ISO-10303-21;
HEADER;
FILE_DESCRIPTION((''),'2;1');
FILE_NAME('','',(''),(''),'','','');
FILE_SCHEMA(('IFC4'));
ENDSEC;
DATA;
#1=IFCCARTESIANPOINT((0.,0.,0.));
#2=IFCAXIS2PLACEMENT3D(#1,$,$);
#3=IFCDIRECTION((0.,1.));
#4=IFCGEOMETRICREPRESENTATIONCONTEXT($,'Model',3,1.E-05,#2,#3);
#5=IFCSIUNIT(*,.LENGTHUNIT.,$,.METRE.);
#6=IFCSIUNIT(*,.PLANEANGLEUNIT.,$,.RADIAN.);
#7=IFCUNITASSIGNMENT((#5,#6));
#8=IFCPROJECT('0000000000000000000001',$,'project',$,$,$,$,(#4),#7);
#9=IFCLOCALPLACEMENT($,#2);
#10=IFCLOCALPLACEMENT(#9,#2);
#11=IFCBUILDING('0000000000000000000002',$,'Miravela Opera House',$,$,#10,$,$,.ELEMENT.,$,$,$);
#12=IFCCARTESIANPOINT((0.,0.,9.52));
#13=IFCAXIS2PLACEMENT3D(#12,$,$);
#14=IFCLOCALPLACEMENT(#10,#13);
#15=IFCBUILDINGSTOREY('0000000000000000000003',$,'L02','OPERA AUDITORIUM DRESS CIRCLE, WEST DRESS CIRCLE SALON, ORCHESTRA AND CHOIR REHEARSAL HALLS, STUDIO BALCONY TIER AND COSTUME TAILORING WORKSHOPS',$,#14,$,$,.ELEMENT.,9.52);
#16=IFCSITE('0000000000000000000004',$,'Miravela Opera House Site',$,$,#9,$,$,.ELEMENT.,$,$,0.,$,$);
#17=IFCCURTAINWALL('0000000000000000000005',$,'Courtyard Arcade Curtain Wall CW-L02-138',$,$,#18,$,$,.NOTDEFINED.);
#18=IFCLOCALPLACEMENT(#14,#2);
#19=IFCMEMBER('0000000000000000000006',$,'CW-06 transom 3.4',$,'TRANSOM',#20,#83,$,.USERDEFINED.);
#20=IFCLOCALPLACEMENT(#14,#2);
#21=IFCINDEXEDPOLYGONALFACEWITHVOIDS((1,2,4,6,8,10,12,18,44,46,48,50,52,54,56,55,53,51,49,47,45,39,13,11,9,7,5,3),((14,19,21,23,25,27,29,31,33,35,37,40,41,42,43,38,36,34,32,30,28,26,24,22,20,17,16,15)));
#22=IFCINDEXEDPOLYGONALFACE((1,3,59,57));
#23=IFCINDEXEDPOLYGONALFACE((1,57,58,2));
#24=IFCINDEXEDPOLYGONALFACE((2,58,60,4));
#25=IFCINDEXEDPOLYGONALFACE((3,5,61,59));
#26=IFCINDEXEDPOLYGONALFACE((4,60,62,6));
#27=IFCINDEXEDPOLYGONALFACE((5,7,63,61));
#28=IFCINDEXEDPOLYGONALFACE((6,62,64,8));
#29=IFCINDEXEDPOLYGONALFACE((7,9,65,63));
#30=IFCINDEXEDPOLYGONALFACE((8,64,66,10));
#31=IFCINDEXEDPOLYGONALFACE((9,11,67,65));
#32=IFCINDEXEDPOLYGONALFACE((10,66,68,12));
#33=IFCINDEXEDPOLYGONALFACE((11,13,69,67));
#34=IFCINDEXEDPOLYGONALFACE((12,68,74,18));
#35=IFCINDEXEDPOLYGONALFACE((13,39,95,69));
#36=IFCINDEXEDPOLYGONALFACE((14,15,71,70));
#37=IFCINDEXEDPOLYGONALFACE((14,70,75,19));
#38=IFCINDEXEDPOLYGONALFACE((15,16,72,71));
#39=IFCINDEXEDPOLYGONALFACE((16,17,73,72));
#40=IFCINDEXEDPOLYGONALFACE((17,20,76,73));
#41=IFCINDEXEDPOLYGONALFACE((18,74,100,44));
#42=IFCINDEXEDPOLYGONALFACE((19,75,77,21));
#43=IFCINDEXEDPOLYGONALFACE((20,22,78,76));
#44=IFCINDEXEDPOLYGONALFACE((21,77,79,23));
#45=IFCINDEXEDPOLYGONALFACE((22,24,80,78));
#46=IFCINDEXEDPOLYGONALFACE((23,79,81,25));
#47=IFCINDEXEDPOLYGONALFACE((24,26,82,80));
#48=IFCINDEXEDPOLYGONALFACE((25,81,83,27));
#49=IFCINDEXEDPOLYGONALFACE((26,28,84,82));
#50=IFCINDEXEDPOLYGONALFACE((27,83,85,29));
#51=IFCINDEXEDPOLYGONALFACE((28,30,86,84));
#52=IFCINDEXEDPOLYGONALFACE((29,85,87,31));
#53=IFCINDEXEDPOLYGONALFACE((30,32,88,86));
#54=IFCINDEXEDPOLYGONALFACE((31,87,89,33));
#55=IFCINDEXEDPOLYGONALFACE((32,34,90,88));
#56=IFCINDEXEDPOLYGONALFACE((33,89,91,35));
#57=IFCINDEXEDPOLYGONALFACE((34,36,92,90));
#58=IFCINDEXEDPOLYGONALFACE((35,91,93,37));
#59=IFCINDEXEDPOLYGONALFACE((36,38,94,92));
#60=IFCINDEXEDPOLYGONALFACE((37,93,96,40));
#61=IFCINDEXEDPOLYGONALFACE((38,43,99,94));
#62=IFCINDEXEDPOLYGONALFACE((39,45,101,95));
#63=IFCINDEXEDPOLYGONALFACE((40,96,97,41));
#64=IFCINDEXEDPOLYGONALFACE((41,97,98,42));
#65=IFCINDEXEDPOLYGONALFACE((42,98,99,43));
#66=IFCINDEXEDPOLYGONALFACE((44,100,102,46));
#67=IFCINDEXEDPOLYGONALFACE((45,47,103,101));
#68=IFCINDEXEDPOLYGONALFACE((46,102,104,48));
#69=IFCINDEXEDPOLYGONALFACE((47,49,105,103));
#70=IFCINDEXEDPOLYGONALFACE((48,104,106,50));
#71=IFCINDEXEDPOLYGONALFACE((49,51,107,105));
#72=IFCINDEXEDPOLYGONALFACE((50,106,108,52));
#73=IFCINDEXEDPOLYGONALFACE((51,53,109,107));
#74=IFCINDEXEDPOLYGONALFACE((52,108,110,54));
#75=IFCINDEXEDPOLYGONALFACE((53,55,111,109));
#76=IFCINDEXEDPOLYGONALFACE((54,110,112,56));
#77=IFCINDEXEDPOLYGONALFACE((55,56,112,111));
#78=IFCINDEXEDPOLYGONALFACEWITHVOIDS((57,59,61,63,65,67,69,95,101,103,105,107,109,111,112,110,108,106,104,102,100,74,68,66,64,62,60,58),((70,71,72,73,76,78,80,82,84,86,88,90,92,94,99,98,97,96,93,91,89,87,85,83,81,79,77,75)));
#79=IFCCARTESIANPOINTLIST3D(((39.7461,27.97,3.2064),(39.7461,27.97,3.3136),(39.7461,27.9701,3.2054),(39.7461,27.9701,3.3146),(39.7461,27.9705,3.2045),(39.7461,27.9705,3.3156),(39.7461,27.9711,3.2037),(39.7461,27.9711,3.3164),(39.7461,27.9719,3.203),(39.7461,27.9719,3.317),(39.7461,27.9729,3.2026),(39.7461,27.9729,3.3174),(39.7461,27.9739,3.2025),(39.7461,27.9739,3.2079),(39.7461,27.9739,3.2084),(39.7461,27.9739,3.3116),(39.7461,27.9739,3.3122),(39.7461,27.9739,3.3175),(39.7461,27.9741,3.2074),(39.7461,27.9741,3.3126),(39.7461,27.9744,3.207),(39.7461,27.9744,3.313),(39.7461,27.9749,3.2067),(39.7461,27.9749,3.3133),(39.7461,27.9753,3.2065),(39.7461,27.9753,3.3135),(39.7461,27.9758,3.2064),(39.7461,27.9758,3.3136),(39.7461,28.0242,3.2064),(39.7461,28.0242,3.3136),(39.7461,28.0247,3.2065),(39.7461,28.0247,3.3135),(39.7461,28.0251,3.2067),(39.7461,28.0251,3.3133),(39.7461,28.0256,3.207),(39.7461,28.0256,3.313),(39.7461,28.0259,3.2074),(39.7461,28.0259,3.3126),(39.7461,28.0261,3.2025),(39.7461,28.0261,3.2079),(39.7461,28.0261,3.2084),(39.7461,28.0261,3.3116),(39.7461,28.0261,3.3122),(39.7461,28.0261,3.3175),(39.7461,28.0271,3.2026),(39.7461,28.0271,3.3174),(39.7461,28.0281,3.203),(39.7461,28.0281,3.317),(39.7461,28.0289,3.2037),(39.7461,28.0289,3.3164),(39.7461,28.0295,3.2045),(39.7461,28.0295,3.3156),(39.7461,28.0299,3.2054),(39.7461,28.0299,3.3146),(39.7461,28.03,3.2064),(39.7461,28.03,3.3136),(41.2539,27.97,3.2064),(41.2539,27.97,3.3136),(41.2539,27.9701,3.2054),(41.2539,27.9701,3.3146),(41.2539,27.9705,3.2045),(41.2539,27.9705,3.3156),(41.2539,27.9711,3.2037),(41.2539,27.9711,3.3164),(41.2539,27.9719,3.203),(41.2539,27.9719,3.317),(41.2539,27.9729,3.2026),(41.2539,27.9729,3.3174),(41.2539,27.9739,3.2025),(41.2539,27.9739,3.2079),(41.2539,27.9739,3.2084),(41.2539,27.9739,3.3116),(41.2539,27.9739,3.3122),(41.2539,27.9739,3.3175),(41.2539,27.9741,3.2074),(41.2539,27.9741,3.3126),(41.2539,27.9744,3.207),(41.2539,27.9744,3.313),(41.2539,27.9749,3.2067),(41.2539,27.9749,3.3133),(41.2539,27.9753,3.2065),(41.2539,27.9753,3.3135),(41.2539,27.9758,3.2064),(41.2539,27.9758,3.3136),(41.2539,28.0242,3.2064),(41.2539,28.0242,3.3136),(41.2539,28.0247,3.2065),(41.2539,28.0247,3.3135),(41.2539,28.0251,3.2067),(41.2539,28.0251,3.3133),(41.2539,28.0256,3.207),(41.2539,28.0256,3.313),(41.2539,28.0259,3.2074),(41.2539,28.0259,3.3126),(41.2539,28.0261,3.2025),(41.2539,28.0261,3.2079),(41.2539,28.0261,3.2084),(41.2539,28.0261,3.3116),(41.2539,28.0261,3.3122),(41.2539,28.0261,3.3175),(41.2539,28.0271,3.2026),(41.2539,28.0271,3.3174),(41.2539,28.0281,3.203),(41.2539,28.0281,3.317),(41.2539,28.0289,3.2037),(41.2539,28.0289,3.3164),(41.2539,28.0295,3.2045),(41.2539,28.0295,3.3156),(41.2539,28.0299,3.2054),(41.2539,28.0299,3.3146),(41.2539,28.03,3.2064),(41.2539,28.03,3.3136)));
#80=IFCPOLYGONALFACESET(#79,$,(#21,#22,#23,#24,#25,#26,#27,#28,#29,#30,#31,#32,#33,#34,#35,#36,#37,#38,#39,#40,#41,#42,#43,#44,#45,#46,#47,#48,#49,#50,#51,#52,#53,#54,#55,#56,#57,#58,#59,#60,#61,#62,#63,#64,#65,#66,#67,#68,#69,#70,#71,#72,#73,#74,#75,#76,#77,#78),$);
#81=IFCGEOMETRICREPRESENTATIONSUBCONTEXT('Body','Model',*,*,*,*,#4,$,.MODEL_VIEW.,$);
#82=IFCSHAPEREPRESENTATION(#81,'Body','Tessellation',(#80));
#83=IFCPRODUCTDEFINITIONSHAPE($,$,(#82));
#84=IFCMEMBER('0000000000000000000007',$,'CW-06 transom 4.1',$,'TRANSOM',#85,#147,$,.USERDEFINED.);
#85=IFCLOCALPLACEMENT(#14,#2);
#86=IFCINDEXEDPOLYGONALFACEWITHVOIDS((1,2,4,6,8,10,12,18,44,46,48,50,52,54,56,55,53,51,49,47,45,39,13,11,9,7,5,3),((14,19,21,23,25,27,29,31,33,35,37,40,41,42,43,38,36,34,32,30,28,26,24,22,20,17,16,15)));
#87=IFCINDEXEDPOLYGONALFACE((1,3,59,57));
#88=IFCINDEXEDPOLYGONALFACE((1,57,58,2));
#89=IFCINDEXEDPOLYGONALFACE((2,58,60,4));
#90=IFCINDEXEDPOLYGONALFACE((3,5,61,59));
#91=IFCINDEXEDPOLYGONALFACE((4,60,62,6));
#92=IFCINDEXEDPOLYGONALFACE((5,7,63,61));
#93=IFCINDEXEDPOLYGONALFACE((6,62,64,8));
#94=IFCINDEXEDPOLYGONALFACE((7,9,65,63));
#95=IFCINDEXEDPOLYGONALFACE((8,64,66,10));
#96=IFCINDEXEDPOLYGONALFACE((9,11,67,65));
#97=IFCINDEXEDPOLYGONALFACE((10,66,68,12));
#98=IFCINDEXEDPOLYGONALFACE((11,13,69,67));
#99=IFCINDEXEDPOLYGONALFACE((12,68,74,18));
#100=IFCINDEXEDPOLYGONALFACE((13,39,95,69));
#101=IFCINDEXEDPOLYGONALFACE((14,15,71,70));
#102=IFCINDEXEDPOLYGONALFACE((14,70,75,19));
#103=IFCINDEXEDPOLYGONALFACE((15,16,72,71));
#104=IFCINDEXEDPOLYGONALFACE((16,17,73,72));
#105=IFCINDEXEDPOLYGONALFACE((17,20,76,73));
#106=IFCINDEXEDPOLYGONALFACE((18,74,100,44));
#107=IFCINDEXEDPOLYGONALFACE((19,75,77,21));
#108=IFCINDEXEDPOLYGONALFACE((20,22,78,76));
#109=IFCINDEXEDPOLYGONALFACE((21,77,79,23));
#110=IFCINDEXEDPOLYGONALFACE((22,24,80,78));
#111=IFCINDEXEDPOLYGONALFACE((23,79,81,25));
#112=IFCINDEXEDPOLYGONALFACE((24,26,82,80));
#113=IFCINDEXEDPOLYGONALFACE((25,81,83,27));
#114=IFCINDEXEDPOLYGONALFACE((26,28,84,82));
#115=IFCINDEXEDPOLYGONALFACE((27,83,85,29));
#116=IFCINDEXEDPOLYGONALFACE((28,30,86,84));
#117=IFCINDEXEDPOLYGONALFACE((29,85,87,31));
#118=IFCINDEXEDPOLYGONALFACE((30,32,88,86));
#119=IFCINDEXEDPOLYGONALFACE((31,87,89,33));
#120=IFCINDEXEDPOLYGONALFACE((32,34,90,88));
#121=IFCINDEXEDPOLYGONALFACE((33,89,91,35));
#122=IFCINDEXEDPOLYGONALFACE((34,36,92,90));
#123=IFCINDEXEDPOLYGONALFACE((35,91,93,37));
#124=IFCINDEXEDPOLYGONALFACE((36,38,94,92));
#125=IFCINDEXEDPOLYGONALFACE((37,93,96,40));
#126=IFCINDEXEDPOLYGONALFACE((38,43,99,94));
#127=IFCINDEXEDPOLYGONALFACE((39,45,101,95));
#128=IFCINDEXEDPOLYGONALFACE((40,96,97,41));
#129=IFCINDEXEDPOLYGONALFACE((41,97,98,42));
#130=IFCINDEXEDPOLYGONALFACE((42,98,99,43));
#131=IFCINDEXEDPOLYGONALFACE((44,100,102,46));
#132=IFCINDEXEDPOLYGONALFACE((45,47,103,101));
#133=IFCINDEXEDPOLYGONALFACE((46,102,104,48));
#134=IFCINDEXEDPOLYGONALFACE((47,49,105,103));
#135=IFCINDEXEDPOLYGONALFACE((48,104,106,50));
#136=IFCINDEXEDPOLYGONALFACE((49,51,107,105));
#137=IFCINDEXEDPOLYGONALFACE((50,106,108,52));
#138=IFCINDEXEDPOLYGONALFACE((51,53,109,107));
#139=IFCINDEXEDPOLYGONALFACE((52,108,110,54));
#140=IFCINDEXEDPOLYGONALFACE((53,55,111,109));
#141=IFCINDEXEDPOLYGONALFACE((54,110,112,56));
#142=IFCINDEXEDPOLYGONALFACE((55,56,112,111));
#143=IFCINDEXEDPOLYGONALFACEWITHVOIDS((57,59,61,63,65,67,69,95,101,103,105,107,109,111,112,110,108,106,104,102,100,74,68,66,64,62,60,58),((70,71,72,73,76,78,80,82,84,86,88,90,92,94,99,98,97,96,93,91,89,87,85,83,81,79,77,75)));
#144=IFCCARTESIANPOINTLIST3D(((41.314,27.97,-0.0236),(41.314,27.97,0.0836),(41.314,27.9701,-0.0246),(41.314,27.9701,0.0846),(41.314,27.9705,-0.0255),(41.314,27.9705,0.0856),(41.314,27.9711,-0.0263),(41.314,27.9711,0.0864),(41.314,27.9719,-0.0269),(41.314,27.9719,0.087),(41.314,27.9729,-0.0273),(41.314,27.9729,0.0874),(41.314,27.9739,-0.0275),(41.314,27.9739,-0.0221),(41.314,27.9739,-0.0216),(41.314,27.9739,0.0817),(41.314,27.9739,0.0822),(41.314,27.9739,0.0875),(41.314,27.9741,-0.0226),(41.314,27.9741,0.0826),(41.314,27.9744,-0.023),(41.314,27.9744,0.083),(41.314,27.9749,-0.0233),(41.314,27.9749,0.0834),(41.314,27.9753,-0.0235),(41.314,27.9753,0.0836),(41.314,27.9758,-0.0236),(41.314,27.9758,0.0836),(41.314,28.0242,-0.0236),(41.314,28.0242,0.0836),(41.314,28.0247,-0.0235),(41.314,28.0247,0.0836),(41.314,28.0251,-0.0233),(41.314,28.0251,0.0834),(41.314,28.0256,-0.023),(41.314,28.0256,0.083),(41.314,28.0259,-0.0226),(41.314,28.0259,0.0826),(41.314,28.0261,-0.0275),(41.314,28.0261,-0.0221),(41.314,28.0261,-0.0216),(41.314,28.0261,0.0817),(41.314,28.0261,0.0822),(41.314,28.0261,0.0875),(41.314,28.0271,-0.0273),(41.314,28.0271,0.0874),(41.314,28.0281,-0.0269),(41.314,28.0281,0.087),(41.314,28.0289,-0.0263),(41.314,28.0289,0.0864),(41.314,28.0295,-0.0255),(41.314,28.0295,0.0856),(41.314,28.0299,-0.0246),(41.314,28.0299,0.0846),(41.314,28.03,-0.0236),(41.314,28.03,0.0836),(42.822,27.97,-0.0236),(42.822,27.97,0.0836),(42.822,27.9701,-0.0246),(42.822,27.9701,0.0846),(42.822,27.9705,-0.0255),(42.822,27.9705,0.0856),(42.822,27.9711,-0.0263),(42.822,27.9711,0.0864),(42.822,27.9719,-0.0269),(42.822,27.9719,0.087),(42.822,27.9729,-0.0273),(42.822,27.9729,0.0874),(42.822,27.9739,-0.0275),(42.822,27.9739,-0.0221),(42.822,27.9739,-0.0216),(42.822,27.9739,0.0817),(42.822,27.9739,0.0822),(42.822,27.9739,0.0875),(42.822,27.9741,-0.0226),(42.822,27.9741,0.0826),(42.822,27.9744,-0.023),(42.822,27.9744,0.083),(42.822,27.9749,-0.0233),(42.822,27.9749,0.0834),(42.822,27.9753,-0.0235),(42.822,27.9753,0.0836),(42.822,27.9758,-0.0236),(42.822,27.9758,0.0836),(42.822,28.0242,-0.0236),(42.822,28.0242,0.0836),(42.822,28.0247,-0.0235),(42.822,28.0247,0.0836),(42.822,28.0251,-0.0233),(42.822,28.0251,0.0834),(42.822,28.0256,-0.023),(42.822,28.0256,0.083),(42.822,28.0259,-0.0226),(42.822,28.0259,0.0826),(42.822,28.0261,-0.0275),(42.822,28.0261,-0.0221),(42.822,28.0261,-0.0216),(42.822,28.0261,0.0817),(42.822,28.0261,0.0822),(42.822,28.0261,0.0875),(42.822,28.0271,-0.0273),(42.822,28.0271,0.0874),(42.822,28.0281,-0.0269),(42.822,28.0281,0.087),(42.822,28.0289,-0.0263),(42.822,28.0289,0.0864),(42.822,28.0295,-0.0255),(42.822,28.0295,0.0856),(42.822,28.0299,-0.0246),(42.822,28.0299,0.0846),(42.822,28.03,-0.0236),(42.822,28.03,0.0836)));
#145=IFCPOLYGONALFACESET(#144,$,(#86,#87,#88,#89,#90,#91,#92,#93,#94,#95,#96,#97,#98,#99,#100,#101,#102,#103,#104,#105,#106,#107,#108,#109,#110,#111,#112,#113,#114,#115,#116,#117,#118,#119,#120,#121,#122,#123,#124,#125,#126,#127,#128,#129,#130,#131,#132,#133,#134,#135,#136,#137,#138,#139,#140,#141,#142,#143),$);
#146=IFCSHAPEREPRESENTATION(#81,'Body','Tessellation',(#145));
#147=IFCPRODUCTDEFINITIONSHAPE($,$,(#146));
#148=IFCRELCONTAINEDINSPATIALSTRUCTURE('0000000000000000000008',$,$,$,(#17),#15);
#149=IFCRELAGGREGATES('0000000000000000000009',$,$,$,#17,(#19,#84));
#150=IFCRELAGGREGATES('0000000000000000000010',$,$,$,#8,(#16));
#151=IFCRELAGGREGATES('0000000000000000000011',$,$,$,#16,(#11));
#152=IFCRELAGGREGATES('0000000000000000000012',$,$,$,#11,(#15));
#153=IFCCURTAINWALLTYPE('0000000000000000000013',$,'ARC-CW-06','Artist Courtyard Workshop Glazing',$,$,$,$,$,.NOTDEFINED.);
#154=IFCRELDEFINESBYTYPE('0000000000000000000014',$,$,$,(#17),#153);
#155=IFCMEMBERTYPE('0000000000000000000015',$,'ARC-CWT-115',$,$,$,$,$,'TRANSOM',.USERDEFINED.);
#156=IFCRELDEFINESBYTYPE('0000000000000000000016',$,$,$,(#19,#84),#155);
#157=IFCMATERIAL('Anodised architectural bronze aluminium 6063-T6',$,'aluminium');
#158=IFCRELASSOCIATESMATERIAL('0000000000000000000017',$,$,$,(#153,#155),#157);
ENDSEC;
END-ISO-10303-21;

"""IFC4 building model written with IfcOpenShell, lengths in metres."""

from ifc_helpers import new_model, si_unit, direction, frame, origin, origin_2d, place, context, subcontext, project, spatial, hollow_rectangle, extrude, material, material_profile, profile_set, type_object, element, aggregate, save


model = new_model("IFC4")

# Units and contexts
model_context = context("Model", 3, precision=1e-05, world=origin(), true_north=direction((0.0, 1.0)))
body_context = subcontext(model_context, "Body", "Model", "MODEL_VIEW")
ifc_project = project(units=[si_unit("LENGTHUNIT", "METRE"), si_unit("PLANEANGLEUNIT", "RADIAN")], contexts=[model_context])

# Site, building, storey
site_placement = place(None, origin())
site = spatial("IfcSite", under=ifc_project, at=site_placement, Name="Miravela Opera House Site", CompositionType="ELEMENT", RefElevation=0.0)
building_placement = place(site_placement, origin())
building = spatial("IfcBuilding", under=site, at=building_placement, Name="Miravela Opera House", CompositionType="ELEMENT")
storey_placement = place(building_placement, frame((0.0, 0.0, 9.52)))
storey = spatial("IfcBuildingStorey", under=building, at=storey_placement, Name="L02", Description="OPERA AUDITORIUM DRESS CIRCLE, WEST DRESS CIRCLE SALON, ORCHESTRA AND CHOIR REHEARSAL HALLS, STUDIO BALCONY TIER AND COSTUME TAILORING WORKSHOPS", CompositionType="ELEMENT", Elevation=9.52)

# Curtain wall, members
ifc_material_1 = material(Name="Anodised architectural bronze aluminium 6063-T6", Category="aluminium")
curtain_wall_type = type_object("IfcCurtainWallType", Name="ARC-CW-06", Description="Artist Courtyard Workshop Glazing", PredefinedType="NOTDEFINED", material=ifc_material_1)
curtain_wall_placement = place(storey_placement, origin())
curtain_wall = element("IfcCurtainWall", 1, at=curtain_wall_placement, inside=storey, type_object=curtain_wall_type, Name="Courtyard Arcade Curtain Wall CW-L02-138", PredefinedType="NOTDEFINED")
ifc_material_profile_1 = material_profile(ifc_material_1, hollow_rectangle(XDim=0.0601, YDim=0.115, WallThickness=0.0039, InnerFilletRadius=0.002, OuterFilletRadius=0.0039, at=origin_2d()), Name="CWT-60X115")
ifc_profile_set_1 = profile_set([ifc_material_profile_1])
member_type_1 = type_object("IfcMemberType", Name="ARC-CWT-115", ElementType="TRANSOM", PredefinedType="USERDEFINED", material=ifc_profile_set_1)
member_1_placement = place(storey_placement, frame((39.7461, 28.0, 3.26), z_axis=(1.0, 0.0, 0.0), x_axis=(0.0, 1.0, 0.0)))
member_1 = element("IfcMember", 2, at=member_1_placement, type_object=member_type_1, Name="CW-06 transom 3.4", ObjectType="TRANSOM", PredefinedType="USERDEFINED", context=body_context, shape_type="SweptSolid", body=[
    extrude(hollow_rectangle(XDim=0.0601, YDim=0.115, WallThickness=0.0039, InnerFilletRadius=0.002, OuterFilletRadius=0.0039, at=origin_2d()), origin(), (0.0, 0.0, 1.0), 1.5078),
])
member_2_placement = place(storey_placement, frame((41.314, 28.0, 0.03), z_axis=(1.0, 0.0, 0.0), x_axis=(0.0, 1.0, 0.0)))
member_2 = element("IfcMember", 3, at=member_2_placement, type_object=member_type_1, Name="CW-06 transom 4.1", ObjectType="TRANSOM", PredefinedType="USERDEFINED", context=body_context, shape_type="SweptSolid", body=[
    extrude(hollow_rectangle(XDim=0.0601, YDim=0.115, WallThickness=0.0039, InnerFilletRadius=0.002, OuterFilletRadius=0.0039, at=origin_2d()), origin(), (0.0, 0.0, 1.0), 1.5081),
])

aggregate(curtain_wall, [member_1, member_2])

save(model, "model.ifc")
